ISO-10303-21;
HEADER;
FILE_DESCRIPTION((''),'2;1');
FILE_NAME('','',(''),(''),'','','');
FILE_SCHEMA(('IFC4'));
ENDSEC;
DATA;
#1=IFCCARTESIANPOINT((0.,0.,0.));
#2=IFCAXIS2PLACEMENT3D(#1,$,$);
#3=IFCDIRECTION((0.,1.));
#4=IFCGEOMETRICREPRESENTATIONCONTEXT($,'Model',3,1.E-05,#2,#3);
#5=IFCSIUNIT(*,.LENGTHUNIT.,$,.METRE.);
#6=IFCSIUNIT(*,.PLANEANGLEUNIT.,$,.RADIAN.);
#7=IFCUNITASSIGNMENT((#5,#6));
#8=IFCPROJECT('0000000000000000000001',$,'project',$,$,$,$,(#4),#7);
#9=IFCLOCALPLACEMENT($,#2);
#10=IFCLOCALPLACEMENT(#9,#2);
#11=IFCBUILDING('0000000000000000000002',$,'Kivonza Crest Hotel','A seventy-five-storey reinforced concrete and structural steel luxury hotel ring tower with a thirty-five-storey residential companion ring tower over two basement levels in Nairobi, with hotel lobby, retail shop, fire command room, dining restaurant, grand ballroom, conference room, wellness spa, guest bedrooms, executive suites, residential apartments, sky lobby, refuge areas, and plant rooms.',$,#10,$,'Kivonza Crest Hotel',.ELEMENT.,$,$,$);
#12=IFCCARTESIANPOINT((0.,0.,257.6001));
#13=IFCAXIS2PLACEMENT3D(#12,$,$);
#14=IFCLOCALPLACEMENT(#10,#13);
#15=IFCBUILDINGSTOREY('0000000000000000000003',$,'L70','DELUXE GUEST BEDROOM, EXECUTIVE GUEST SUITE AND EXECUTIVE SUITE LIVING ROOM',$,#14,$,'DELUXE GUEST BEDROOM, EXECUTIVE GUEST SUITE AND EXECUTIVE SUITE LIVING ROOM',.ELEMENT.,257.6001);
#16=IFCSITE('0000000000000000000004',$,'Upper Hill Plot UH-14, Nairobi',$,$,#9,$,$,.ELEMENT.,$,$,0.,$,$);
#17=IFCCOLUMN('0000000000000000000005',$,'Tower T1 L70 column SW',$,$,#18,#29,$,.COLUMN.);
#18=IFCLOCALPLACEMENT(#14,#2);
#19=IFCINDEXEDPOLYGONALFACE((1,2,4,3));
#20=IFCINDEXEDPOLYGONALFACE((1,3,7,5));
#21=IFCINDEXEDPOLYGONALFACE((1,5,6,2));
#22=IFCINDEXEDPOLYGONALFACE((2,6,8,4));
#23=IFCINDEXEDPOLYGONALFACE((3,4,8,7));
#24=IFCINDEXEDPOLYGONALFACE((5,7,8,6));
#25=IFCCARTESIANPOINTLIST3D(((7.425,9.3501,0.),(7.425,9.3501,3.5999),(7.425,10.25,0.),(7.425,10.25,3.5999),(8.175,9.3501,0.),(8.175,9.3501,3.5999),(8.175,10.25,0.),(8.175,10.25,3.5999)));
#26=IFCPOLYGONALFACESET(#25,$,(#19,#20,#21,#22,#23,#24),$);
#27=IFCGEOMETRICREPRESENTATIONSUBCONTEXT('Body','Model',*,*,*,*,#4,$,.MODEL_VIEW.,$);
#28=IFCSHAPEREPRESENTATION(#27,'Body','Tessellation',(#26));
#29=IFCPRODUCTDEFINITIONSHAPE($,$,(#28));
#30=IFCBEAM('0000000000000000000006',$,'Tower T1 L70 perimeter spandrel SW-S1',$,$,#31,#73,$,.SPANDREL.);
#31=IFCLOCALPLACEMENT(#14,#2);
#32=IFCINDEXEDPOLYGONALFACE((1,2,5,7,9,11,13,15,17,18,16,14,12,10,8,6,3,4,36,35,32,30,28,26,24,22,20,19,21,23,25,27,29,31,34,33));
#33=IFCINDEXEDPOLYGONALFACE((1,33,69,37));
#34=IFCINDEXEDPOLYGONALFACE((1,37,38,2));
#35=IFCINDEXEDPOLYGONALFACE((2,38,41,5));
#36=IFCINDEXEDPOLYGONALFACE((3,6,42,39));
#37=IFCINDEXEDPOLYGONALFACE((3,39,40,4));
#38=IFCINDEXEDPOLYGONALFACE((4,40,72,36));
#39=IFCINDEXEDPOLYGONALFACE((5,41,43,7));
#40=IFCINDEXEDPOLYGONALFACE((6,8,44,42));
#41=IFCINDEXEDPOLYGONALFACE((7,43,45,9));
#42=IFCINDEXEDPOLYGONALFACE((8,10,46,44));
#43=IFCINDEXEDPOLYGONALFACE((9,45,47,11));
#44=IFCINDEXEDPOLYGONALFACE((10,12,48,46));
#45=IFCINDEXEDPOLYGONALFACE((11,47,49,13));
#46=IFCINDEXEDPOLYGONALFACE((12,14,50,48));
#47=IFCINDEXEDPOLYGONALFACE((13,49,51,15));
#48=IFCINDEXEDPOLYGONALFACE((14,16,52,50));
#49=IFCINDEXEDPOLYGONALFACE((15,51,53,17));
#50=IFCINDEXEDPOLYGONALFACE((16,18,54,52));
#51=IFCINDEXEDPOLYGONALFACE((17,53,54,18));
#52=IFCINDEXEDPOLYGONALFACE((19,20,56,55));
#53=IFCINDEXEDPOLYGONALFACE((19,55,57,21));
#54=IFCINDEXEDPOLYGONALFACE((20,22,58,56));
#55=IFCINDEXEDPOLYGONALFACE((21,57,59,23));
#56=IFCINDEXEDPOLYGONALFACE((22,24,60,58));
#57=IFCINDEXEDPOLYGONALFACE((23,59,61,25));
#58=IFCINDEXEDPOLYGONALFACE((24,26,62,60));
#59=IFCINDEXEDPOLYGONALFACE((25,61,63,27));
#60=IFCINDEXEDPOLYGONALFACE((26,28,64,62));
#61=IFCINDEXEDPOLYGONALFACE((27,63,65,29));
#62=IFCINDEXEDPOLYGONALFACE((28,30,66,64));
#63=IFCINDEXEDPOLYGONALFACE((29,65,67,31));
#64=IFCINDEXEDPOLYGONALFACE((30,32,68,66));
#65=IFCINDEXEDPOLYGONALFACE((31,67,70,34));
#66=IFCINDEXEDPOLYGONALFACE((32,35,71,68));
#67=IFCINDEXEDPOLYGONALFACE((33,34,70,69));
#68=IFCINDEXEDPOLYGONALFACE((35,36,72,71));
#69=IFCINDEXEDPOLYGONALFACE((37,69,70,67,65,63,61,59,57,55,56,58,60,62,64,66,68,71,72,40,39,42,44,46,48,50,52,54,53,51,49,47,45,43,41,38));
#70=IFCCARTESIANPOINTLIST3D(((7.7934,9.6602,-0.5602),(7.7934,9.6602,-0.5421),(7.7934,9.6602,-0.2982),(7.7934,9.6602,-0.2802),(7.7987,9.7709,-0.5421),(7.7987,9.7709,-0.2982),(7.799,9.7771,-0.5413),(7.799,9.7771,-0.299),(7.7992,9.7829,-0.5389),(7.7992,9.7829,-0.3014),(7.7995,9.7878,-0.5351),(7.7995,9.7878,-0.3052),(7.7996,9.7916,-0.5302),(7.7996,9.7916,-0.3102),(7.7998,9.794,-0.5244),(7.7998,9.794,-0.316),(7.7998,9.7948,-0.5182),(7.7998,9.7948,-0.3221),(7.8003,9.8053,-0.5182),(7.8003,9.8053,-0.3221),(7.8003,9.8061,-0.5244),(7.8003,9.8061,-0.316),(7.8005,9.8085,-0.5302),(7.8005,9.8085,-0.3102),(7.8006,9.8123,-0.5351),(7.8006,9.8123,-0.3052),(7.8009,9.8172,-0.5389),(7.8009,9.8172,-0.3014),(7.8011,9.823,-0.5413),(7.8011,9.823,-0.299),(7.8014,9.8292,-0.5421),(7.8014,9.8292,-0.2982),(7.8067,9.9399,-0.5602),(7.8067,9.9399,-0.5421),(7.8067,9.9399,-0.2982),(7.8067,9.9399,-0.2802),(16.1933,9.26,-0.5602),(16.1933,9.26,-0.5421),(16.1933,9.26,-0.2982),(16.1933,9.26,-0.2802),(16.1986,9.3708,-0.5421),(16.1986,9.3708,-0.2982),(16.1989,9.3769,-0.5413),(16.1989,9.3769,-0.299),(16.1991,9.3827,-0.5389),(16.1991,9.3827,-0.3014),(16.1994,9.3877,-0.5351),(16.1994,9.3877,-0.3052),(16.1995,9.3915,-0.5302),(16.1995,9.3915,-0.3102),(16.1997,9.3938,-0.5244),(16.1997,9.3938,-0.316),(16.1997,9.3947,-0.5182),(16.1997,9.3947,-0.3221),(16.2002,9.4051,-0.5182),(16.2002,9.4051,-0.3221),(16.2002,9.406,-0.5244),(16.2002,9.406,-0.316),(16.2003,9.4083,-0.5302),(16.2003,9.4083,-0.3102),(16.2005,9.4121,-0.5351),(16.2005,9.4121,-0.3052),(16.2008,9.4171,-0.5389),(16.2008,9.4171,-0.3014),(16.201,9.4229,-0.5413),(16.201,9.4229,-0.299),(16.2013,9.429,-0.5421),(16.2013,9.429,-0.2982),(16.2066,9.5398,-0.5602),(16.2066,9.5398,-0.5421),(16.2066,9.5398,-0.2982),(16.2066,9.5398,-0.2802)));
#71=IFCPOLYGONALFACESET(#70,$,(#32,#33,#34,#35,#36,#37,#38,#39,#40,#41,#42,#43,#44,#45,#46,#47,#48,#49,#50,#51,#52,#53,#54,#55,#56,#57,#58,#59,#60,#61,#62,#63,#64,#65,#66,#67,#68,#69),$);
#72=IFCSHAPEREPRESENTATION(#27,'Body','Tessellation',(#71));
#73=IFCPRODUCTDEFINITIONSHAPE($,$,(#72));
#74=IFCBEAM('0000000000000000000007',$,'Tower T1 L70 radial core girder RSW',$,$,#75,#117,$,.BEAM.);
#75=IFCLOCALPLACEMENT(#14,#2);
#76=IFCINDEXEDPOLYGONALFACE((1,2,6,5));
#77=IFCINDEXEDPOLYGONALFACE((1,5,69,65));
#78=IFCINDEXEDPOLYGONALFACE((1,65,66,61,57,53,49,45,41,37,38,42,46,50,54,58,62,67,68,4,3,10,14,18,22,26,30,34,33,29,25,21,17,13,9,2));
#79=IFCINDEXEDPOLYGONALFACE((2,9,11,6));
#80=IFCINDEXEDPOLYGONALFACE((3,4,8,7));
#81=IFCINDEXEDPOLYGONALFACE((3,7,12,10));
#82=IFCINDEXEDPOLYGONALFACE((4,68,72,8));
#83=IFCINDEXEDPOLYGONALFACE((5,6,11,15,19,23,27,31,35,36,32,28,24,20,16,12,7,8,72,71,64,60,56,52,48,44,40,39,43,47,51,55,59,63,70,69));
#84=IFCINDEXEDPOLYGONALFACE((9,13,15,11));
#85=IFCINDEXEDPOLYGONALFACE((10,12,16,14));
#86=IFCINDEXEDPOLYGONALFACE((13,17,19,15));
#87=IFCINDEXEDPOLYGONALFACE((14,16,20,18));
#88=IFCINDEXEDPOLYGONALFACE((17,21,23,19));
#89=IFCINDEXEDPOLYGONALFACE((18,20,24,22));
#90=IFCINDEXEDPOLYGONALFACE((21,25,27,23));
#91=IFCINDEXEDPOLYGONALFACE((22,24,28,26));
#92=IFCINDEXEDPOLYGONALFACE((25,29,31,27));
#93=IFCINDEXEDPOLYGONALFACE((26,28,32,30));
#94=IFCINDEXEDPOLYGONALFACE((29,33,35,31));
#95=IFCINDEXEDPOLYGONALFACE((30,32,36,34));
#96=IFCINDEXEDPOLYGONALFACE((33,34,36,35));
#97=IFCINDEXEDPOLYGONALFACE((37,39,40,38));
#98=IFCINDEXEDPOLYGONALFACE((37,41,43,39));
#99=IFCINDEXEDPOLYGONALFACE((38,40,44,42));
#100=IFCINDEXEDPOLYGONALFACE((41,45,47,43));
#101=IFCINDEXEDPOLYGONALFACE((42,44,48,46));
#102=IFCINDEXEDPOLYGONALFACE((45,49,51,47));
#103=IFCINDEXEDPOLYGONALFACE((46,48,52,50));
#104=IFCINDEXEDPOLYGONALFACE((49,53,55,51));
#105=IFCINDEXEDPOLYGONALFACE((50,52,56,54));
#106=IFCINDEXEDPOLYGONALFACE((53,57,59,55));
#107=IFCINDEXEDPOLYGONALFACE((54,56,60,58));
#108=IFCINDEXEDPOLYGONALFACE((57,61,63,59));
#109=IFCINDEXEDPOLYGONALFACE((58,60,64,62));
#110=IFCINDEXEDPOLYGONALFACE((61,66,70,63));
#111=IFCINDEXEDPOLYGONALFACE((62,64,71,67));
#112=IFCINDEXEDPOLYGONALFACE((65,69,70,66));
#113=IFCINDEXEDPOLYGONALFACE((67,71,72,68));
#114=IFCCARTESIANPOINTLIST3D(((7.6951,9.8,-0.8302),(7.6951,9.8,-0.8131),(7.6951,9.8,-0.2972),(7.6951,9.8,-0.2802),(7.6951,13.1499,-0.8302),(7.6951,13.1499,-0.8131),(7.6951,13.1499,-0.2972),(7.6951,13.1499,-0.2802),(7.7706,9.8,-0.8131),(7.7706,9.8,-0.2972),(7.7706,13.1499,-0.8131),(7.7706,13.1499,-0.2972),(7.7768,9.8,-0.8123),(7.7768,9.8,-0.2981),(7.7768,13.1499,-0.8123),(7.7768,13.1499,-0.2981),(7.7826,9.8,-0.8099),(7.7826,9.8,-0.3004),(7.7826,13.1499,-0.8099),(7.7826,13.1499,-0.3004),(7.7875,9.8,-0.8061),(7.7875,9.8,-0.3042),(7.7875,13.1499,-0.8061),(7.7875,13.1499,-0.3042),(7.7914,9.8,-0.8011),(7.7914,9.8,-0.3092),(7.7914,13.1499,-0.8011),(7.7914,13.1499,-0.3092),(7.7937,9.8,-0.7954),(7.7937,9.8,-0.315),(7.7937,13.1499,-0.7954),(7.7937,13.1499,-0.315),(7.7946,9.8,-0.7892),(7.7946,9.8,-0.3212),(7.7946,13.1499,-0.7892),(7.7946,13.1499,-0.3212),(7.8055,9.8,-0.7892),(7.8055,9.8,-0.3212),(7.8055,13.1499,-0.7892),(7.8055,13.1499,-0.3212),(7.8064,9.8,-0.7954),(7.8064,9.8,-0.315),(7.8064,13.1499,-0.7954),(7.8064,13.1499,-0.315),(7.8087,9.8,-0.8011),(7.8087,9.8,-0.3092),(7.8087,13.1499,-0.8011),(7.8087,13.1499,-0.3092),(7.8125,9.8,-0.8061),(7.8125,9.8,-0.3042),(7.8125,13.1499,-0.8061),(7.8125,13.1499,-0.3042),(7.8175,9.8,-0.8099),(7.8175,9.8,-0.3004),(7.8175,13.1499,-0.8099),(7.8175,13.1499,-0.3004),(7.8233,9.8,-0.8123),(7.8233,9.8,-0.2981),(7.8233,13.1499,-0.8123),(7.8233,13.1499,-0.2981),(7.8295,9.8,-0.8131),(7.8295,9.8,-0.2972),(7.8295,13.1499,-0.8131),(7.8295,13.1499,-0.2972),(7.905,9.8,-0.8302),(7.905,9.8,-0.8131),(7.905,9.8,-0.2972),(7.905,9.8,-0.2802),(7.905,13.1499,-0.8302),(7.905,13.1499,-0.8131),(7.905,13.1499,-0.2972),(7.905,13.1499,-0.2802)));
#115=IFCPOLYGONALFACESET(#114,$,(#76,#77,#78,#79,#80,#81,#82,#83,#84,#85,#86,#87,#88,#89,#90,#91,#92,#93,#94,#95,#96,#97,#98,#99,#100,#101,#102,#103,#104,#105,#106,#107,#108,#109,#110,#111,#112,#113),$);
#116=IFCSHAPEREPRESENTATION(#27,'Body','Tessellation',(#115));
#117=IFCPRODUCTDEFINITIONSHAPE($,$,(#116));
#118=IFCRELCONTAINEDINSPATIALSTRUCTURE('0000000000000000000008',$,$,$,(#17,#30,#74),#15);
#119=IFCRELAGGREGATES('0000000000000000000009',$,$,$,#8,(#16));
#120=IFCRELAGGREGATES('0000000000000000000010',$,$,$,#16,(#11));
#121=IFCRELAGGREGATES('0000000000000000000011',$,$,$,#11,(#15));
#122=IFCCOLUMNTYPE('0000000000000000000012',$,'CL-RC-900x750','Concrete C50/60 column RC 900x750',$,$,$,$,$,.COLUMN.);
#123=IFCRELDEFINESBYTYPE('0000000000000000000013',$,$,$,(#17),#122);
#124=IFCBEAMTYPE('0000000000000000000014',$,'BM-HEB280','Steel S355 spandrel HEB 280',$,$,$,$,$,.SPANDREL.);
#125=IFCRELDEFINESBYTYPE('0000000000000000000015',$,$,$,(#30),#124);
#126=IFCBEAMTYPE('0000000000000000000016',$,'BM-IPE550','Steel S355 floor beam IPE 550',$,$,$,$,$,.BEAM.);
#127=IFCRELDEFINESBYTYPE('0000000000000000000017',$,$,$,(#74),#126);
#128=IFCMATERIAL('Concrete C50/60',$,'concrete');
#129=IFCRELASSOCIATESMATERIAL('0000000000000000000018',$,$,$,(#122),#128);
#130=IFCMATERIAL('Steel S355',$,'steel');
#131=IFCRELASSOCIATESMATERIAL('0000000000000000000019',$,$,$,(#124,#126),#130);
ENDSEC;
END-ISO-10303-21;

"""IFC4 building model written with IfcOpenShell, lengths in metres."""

from ifc_helpers import new_model, si_unit, direction, frame, origin, origin_2d, place, context, subcontext, project, spatial, rectangle, i_section, extrude, material, material_profile, profile_set, type_object, element, save


model = new_model("IFC4")

# Units and contexts
model_context = context("Model", 3, precision=1e-05, world=origin(), true_north=direction((0.0, 1.0)))
body_context = subcontext(model_context, "Body", "Model", "MODEL_VIEW")
ifc_project = project(units=[si_unit("LENGTHUNIT", "METRE"), si_unit("PLANEANGLEUNIT", "RADIAN")], contexts=[model_context])

# Site, building, storey
site_placement = place(None, origin())
site = spatial("IfcSite", under=ifc_project, at=site_placement, Name="Upper Hill Plot UH-14, Nairobi", CompositionType="ELEMENT", RefElevation=0.0)
building_placement = place(site_placement, origin())
building = spatial("IfcBuilding", under=site, at=building_placement, Name="Kivonza Crest Hotel", Description="A seventy-five-storey reinforced concrete and structural steel luxury hotel ring tower with a thirty-five-storey residential companion ring tower over two basement levels in Nairobi, with hotel lobby, retail shop, fire command room, dining restaurant, grand ballroom, conference room, wellness spa, guest bedrooms, executive suites, residential apartments, sky lobby, refuge areas, and plant rooms.", LongName="Kivonza Crest Hotel", CompositionType="ELEMENT")
storey_placement = place(building_placement, frame((0.0, 0.0, 257.6001)))
storey = spatial("IfcBuildingStorey", under=building, at=storey_placement, Name="L70", Description="DELUXE GUEST BEDROOM, EXECUTIVE GUEST SUITE AND EXECUTIVE SUITE LIVING ROOM", LongName="DELUXE GUEST BEDROOM, EXECUTIVE GUEST SUITE AND EXECUTIVE SUITE LIVING ROOM", CompositionType="ELEMENT", Elevation=257.6001)

# Column
ifc_material_1 = material(Name="Concrete C50/60", Category="concrete")
ifc_material_profile_1 = material_profile(ifc_material_1, rectangle(XDim=0.75, YDim=0.8999, at=origin_2d()), Name="RC 900x750")
ifc_profile_set_1 = profile_set([ifc_material_profile_1], Name="Concrete C50/60")
column_type = type_object("IfcColumnType", Name="CL-RC-900x750", Description="Concrete C50/60 column RC 900x750", PredefinedType="COLUMN", material=ifc_profile_set_1)
column_placement = place(storey_placement, frame((7.8, 9.8, 0.0), z_axis=(0.0, 0.0, 1.0), x_axis=(1.0, 0.0, 0.0)))
element("IfcColumn", 1, at=column_placement, inside=storey, type_object=column_type, Name="Tower T1 L70 column SW", PredefinedType="COLUMN", context=body_context, shape_type="SweptSolid", body=[
    extrude(rectangle(XDim=0.75, YDim=0.8999, at=origin_2d()), origin(), (0.0, 0.0, 1.0), 3.5999),
])

# Beams
ifc_material_2 = material(Name="Steel S355", Category="steel")
ifc_material_profile_2 = material_profile(ifc_material_2, i_section(OverallWidth=0.28, OverallDepth=0.28, WebThickness=0.0105, FlangeThickness=0.0181, FilletRadius=0.0239, at=origin_2d()), Name="HEB 280")
ifc_profile_set_2 = profile_set([ifc_material_profile_2], Name="Steel S355")
beam_type_1 = type_object("IfcBeamType", Name="BM-HEB280", Description="Steel S355 spandrel HEB 280", PredefinedType="SPANDREL", material=ifc_profile_set_2)
beam_1_placement = place(storey_placement, frame((7.8, 9.8, -0.4202), z_axis=(0.998867, -0.047583, 0.0), x_axis=(0.047583, 0.998867, 0.0)))
element("IfcBeam", 2, at=beam_1_placement, inside=storey, type_object=beam_type_1, Name="Tower T1 L70 perimeter spandrel SW-S1", PredefinedType="SPANDREL", context=body_context, shape_type="SweptSolid", body=[
    extrude(i_section(OverallWidth=0.28, OverallDepth=0.28, WebThickness=0.0105, FlangeThickness=0.0181, FilletRadius=0.0239, at=origin_2d()), origin(), (0.0, 0.0, 1.0), 8.4094),
])
ifc_material_profile_3 = material_profile(ifc_material_2, i_section(OverallWidth=0.21, OverallDepth=0.55, WebThickness=0.011, FlangeThickness=0.0171, FilletRadius=0.0239, at=origin_2d()), Name="IPE 550")
ifc_profile_set_3 = profile_set([ifc_material_profile_3], Name="Steel S355")
beam_type_2 = type_object("IfcBeamType", Name="BM-IPE550", Description="Steel S355 floor beam IPE 550", PredefinedType="BEAM", material=ifc_profile_set_3)
beam_2_placement = place(storey_placement, frame((7.8, 9.8, -0.5552), z_axis=(0.0, 1.0, 0.0), x_axis=(-1.0, 0.0, 0.0)))
element("IfcBeam", 3, at=beam_2_placement, inside=storey, type_object=beam_type_2, Name="Tower T1 L70 radial core girder RSW", PredefinedType="BEAM", context=body_context, shape_type="SweptSolid", body=[
    extrude(i_section(OverallWidth=0.21, OverallDepth=0.55, WebThickness=0.011, FlangeThickness=0.0171, FilletRadius=0.0239, at=origin_2d()), origin(), (0.0, 0.0, 1.0), 3.3499),
])

save(model, "model.ifc")
